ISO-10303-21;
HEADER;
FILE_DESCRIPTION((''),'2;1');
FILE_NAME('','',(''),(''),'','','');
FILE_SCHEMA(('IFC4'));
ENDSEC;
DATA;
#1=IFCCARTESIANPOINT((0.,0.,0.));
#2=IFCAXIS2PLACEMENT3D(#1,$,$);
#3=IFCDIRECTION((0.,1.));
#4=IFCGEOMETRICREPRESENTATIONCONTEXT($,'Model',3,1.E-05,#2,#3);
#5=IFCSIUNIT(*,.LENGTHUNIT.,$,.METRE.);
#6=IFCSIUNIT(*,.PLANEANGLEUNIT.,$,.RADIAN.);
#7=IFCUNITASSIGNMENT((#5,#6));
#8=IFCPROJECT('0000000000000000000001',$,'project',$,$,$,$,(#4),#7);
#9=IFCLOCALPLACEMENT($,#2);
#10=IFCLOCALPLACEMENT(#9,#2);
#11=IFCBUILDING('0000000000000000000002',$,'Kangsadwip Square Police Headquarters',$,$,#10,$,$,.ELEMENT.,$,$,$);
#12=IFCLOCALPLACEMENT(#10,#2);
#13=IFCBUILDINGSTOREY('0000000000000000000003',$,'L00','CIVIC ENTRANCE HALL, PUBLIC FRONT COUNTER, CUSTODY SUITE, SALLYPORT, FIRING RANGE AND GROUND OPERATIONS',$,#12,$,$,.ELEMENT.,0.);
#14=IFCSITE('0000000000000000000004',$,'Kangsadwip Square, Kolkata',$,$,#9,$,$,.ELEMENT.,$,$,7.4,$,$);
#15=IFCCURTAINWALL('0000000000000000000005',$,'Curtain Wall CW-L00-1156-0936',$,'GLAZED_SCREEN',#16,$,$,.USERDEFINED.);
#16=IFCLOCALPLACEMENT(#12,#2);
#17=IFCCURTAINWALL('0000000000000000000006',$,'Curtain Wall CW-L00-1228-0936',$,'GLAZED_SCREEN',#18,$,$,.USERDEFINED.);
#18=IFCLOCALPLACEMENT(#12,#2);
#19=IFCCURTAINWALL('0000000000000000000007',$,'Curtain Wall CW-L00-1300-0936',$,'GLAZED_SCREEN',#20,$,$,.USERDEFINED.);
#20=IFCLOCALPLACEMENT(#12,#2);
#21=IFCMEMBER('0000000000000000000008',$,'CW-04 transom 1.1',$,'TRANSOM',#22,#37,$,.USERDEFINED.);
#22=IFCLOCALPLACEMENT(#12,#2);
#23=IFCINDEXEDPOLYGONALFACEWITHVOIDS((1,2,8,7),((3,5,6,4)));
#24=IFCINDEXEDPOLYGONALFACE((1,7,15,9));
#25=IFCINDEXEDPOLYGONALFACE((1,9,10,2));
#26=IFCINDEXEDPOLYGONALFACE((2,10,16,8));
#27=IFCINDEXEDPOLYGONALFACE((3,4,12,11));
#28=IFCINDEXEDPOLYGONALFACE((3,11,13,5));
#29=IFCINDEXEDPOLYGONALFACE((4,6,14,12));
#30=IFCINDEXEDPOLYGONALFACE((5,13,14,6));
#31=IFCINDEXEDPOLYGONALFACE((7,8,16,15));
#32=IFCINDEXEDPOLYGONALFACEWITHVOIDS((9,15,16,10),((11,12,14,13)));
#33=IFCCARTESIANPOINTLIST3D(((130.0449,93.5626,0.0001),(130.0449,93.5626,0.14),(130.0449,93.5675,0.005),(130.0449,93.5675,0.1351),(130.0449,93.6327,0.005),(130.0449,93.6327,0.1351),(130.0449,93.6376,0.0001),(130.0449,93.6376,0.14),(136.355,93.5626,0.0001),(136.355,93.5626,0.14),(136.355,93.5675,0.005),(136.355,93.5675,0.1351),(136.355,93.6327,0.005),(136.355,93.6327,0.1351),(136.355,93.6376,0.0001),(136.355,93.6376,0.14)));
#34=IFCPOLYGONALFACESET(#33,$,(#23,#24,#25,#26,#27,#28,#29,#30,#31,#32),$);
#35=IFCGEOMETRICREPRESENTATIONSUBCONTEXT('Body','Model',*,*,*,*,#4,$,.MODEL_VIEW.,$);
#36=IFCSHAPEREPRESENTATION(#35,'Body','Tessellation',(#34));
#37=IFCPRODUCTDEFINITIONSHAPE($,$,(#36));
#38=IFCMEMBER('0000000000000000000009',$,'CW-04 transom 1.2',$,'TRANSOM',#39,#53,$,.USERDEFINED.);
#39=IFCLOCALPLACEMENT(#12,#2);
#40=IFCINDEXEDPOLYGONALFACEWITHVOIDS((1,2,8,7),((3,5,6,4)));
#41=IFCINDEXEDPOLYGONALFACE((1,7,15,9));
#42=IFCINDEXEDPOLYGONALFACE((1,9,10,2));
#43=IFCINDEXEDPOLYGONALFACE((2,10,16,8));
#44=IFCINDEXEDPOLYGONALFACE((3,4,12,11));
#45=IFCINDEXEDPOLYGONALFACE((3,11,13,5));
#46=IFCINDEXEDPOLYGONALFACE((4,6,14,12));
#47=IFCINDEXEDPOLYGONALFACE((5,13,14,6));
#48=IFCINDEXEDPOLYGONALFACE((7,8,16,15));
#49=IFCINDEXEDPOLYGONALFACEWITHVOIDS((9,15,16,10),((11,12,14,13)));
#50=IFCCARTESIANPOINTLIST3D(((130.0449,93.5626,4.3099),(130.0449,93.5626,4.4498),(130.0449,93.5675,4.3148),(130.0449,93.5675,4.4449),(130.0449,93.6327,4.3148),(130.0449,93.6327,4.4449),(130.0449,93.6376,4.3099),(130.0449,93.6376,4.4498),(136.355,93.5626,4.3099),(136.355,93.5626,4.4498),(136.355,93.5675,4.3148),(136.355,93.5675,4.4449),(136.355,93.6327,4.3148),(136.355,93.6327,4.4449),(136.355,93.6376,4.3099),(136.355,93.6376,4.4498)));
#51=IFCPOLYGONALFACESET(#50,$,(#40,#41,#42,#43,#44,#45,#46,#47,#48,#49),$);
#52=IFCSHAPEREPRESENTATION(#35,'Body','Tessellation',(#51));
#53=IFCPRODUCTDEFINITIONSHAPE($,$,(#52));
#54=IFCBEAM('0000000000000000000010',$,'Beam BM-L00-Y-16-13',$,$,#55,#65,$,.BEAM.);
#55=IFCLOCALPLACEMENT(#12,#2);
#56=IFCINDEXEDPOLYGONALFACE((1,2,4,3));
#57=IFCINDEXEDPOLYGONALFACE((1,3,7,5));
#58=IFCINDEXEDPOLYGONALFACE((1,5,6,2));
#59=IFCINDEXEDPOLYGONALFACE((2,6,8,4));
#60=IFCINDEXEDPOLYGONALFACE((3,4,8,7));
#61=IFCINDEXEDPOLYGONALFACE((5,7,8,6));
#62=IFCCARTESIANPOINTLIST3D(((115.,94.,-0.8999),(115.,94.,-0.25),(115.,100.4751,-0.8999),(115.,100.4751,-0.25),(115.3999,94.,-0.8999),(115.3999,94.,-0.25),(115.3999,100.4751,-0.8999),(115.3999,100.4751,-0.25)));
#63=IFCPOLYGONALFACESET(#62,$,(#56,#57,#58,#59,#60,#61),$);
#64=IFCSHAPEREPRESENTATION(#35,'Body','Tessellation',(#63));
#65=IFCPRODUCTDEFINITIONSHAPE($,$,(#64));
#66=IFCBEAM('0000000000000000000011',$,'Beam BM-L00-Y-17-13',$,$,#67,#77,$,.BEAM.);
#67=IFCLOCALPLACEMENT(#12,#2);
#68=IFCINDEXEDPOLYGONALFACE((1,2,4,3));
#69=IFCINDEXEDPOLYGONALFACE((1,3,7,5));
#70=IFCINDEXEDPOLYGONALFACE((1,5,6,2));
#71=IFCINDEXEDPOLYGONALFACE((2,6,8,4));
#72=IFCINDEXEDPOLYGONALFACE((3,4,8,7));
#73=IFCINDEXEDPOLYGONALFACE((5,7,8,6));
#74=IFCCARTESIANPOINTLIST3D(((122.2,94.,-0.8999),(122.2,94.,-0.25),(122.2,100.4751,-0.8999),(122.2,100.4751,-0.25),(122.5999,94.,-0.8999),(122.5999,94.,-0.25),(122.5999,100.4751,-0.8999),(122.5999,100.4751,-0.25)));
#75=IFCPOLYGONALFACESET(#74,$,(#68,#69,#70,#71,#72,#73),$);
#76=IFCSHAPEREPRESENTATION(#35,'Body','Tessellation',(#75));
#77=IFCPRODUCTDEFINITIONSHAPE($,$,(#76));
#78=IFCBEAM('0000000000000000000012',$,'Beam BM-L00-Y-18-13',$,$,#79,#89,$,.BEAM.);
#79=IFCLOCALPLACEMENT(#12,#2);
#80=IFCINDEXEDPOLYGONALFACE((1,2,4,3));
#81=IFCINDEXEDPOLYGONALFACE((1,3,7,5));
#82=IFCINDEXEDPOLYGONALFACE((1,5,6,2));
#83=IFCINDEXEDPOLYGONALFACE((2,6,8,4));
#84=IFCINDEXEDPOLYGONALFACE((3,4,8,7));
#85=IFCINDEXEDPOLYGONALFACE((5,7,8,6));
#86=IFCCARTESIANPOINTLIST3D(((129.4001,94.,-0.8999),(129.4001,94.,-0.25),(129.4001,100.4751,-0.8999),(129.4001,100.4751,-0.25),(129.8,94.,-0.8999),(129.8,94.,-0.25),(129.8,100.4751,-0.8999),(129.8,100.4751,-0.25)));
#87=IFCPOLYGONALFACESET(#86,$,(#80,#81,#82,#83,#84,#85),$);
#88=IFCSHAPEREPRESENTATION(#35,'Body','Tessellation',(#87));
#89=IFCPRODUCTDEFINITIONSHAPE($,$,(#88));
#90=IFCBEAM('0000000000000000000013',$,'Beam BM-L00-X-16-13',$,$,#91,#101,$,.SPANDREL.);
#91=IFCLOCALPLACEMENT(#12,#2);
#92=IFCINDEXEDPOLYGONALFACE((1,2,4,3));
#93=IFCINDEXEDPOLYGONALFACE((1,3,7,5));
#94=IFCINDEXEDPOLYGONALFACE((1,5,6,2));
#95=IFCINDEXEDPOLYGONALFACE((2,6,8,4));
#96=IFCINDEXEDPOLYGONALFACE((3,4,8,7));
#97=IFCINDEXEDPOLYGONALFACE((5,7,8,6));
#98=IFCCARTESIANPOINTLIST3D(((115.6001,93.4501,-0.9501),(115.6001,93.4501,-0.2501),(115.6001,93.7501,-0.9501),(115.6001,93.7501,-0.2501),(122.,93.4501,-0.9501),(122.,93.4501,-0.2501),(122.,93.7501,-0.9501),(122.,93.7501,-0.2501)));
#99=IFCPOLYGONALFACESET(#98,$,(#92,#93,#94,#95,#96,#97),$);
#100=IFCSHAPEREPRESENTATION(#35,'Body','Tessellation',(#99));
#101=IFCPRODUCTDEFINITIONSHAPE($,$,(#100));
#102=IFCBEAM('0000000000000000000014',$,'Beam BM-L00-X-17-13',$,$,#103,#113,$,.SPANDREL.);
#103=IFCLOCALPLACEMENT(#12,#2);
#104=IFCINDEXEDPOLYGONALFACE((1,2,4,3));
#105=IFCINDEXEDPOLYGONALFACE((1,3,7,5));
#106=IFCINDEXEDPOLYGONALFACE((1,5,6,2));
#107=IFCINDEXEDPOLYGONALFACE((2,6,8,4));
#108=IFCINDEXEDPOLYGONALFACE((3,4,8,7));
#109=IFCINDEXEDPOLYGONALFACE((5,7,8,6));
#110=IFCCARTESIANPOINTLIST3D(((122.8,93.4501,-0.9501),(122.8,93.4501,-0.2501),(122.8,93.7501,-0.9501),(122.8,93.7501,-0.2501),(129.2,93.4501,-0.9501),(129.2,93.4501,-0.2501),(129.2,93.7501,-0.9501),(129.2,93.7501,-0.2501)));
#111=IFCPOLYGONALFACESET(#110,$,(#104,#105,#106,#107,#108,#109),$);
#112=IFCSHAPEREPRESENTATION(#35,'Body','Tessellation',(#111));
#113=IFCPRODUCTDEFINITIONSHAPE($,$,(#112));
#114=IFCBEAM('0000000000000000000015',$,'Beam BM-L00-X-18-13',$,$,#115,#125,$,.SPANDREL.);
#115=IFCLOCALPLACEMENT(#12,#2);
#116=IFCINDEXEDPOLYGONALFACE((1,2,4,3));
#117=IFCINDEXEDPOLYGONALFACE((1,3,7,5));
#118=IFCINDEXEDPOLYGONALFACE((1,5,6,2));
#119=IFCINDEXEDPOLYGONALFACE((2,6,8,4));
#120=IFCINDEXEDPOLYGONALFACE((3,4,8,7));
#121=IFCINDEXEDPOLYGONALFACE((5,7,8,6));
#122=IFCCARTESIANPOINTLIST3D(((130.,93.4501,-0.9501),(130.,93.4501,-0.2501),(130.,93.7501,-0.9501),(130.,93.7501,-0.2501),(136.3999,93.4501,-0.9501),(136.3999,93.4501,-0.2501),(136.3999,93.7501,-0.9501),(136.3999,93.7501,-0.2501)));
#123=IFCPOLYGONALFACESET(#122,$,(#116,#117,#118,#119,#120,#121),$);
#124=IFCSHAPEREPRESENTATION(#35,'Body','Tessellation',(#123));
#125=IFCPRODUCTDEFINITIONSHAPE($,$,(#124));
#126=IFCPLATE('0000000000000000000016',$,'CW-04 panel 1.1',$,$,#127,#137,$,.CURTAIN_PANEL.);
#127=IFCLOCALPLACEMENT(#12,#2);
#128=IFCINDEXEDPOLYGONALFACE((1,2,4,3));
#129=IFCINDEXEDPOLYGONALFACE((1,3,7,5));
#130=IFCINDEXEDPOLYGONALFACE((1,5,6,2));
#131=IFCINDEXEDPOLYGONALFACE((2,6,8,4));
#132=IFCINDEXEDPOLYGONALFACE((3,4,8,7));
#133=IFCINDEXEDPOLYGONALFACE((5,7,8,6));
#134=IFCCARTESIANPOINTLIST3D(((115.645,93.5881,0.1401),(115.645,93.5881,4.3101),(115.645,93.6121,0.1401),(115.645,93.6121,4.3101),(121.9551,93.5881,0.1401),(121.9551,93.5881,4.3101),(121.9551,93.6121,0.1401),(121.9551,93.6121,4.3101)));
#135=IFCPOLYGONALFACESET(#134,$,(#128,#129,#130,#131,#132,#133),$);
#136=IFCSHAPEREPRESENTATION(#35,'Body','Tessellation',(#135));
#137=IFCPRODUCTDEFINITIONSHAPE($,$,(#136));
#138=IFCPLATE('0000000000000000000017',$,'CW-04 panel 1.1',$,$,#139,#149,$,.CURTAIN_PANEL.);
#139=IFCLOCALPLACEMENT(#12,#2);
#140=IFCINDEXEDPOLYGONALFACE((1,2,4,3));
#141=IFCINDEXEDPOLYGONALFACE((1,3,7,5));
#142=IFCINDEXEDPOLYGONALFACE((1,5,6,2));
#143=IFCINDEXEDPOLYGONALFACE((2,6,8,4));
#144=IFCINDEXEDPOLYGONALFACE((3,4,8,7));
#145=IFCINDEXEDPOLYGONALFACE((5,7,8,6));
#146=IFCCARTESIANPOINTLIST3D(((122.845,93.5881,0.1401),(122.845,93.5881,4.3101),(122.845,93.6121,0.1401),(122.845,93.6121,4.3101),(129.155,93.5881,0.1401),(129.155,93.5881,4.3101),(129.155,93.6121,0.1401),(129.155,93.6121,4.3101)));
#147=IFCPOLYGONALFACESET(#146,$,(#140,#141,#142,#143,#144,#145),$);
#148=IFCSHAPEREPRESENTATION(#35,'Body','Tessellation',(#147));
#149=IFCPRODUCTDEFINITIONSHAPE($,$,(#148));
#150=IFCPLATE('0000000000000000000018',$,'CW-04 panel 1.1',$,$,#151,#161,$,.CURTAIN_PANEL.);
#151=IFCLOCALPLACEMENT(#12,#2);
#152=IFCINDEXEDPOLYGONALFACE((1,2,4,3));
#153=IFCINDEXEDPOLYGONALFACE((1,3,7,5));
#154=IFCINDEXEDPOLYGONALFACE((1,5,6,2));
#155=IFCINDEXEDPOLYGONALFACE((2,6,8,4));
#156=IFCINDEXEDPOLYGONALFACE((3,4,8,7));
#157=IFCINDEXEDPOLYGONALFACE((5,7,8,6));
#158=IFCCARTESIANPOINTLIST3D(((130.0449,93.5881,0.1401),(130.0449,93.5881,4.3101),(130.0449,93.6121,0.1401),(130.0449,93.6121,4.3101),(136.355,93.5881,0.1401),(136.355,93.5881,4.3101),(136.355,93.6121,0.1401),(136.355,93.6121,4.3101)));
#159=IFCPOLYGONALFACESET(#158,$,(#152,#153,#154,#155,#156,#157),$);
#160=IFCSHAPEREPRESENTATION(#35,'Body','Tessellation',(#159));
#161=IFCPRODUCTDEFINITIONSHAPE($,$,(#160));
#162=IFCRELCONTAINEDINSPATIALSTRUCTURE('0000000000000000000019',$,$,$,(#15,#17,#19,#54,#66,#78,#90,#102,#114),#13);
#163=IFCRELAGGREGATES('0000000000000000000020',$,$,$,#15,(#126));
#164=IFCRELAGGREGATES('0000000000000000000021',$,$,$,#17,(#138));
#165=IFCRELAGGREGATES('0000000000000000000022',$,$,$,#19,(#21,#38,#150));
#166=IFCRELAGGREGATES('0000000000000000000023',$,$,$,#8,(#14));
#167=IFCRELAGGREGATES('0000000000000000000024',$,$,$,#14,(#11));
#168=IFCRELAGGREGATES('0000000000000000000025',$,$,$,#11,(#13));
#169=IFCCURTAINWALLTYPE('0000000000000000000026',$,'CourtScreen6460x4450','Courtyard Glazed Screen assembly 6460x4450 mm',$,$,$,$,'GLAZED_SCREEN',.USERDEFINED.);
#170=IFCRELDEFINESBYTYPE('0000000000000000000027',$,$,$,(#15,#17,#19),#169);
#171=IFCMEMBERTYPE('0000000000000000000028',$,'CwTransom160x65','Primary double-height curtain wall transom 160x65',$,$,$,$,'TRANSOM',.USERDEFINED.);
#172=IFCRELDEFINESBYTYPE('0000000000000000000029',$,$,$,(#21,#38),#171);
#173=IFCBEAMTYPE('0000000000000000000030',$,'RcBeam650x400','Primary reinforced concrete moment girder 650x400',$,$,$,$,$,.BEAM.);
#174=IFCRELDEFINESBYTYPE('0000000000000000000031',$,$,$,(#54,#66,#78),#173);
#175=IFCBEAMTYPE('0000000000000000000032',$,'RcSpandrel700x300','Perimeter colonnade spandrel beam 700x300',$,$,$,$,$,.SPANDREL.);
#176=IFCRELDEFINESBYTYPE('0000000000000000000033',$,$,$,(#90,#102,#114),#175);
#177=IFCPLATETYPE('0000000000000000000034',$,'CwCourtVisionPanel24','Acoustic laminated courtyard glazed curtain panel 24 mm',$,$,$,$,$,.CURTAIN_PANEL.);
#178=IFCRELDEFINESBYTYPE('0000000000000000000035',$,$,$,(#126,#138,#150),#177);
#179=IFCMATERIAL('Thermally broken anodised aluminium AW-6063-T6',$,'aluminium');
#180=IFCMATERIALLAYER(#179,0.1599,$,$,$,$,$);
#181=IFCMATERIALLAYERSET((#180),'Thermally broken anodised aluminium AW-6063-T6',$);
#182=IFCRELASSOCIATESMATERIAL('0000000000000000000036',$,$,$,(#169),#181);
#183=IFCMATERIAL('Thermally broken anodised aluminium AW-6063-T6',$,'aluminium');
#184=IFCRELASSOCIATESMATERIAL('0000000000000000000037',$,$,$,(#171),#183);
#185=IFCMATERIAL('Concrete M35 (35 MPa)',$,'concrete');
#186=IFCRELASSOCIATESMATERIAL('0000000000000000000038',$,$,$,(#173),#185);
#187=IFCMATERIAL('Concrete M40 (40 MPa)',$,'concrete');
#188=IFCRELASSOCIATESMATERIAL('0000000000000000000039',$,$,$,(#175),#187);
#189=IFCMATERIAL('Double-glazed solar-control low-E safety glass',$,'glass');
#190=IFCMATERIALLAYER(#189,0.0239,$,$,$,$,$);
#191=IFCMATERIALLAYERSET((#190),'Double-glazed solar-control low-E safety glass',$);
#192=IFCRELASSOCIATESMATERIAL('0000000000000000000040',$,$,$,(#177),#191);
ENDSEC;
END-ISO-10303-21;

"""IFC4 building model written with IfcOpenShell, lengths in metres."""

from ifc_helpers import new_model, si_unit, direction, frame, origin, origin_2d, place, context, subcontext, project, spatial, rectangle, hollow_rectangle, extrude, material, layer, layer_set, material_profile, profile_set, type_object, element, aggregate, save


model = new_model("IFC4")

# Units and contexts
model_context = context("Model", 3, precision=1e-05, world=origin(), true_north=direction((0.0, 1.0)))
body_context = subcontext(model_context, "Body", "Model", "MODEL_VIEW")
ifc_project = project(units=[si_unit("LENGTHUNIT", "METRE"), si_unit("PLANEANGLEUNIT", "RADIAN")], contexts=[model_context])

# Site, building, storey
site_placement = place(None, origin())
site = spatial("IfcSite", under=ifc_project, at=site_placement, Name="Kangsadwip Square, Kolkata", CompositionType="ELEMENT", RefElevation=7.4)
building_placement = place(site_placement, origin())
building = spatial("IfcBuilding", under=site, at=building_placement, Name="Kangsadwip Square Police Headquarters", CompositionType="ELEMENT")
storey_placement = place(building_placement, origin())
storey = spatial("IfcBuildingStorey", under=building, at=storey_placement, Name="L00", Description="CIVIC ENTRANCE HALL, PUBLIC FRONT COUNTER, CUSTODY SUITE, SALLYPORT, FIRING RANGE AND GROUND OPERATIONS", CompositionType="ELEMENT", Elevation=0.0)

# Curtain walls
ifc_material_1 = material(Name="Thermally broken anodised aluminium AW-6063-T6", Category="aluminium")
ifc_layer_1 = layer(ifc_material_1, 0.1599)
ifc_layer_set_1 = layer_set([ifc_layer_1], Name="Thermally broken anodised aluminium AW-6063-T6")
curtain_wall_type = type_object("IfcCurtainWallType", Name="CourtScreen6460x4450", Description="Courtyard Glazed Screen assembly 6460x4450 mm", ElementType="GLAZED_SCREEN", PredefinedType="USERDEFINED", material=ifc_layer_set_1)
curtain_wall_1_placement = place(storey_placement, origin())
curtain_wall_1 = element("IfcCurtainWall", 1, at=curtain_wall_1_placement, inside=storey, type_object=curtain_wall_type, Name="Curtain Wall CW-L00-1156-0936", ObjectType="GLAZED_SCREEN", PredefinedType="USERDEFINED")
curtain_wall_2_placement = place(storey_placement, origin())
curtain_wall_2 = element("IfcCurtainWall", 2, at=curtain_wall_2_placement, inside=storey, type_object=curtain_wall_type, Name="Curtain Wall CW-L00-1228-0936", ObjectType="GLAZED_SCREEN", PredefinedType="USERDEFINED")

# Curtain wall
curtain_wall_3_placement = place(storey_placement, origin())
curtain_wall_3 = element("IfcCurtainWall", 3, at=curtain_wall_3_placement, inside=storey, type_object=curtain_wall_type, Name="Curtain Wall CW-L00-1300-0936", ObjectType="GLAZED_SCREEN", PredefinedType="USERDEFINED")

# Members
ifc_material_2 = material(Name="Thermally broken anodised aluminium AW-6063-T6", Category="aluminium")
ifc_material_profile_1 = material_profile(ifc_material_2, hollow_rectangle(XDim=0.075, YDim=0.1399, WallThickness=0.0049, at=origin_2d()), Name="CWT 140X75X5")
ifc_profile_set_1 = profile_set([ifc_material_profile_1], Name="Thermally broken anodised aluminium AW-6063-T6")
member_type_1 = type_object("IfcMemberType", Name="CwTransom160x65", Description="Primary double-height curtain wall transom 160x65", ElementType="TRANSOM", PredefinedType="USERDEFINED", material=ifc_profile_set_1)
member_1_placement = place(storey_placement, frame((130.0449, 93.6001, 0.0701), z_axis=(1.0, 0.0, 0.0), x_axis=(0.0, 1.0, 0.0)))
member_1 = element("IfcMember", 4, at=member_1_placement, type_object=member_type_1, Name="CW-04 transom 1.1", ObjectType="TRANSOM", PredefinedType="USERDEFINED", context=body_context, shape_type="SweptSolid", body=[
    extrude(hollow_rectangle(XDim=0.075, YDim=0.1399, WallThickness=0.0049, at=origin_2d()), origin(), (0.0, 0.0, 1.0), 6.3101),
])
member_2_placement = place(storey_placement, frame((130.0449, 93.6001, 4.3799), z_axis=(1.0, 0.0, 0.0), x_axis=(0.0, 1.0, 0.0)))
member_2 = element("IfcMember", 5, at=member_2_placement, type_object=member_type_1, Name="CW-04 transom 1.2", ObjectType="TRANSOM", PredefinedType="USERDEFINED", context=body_context, shape_type="SweptSolid", body=[
    extrude(hollow_rectangle(XDim=0.075, YDim=0.1399, WallThickness=0.0049, at=origin_2d()), origin(), (0.0, 0.0, 1.0), 6.3101),
])

# Beams
ifc_material_3 = material(Name="Concrete M35 (35 MPa)", Category="concrete")
ifc_material_profile_2 = material_profile(ifc_material_3, rectangle(XDim=0.3999, YDim=0.6499, at=origin_2d()), Name="RC BM 650X400")
ifc_profile_set_2 = profile_set([ifc_material_profile_2], Name="Concrete M35 (35 MPa)")
beam_type_1 = type_object("IfcBeamType", Name="RcBeam650x400", Description="Primary reinforced concrete moment girder 650x400", PredefinedType="BEAM", material=ifc_profile_set_2)
for number, where, z_axis, x_axis, name in (
    (6, (115.2, 94.0, -0.575), (0.0, 1.0, 0.0), (-1.0, 0.0, 0.0), "Beam BM-L00-Y-16-13"),
    (7, (122.3999, 94.0, -0.575), (0.0, 1.0, 0.0), (-1.0, 0.0, 0.0), "Beam BM-L00-Y-17-13"),
    (8, (129.6001, 94.0, -0.575), (0.0, 1.0, 0.0), (-1.0, 0.0, 0.0), "Beam BM-L00-Y-18-13"),
):
    element("IfcBeam", number, at=place(storey_placement, frame(where, z_axis=z_axis, x_axis=x_axis)), inside=storey, type_object=beam_type_1, Name=name, PredefinedType="BEAM", context=body_context, shape_type="SweptSolid", body=[
        extrude(rectangle(XDim=0.3999, YDim=0.6499, at=origin_2d()), origin(), (0.0, 0.0, 1.0), 6.4751),
    ])
ifc_material_4 = material(Name="Concrete M40 (40 MPa)", Category="concrete")
ifc_material_profile_3 = material_profile(ifc_material_4, rectangle(XDim=0.3, YDim=0.7, at=origin_2d()), Name="RC SPN 700X300")
ifc_profile_set_3 = profile_set([ifc_material_profile_3], Name="Concrete M40 (40 MPa)")
beam_type_2 = type_object("IfcBeamType", Name="RcSpandrel700x300", Description="Perimeter colonnade spandrel beam 700x300", PredefinedType="SPANDREL", material=ifc_profile_set_3)
for number, where, z_axis, x_axis, name in (
    (9, (115.6001, 93.6001, -0.6001), (1.0, 0.0, 0.0), (0.0, 1.0, 0.0), "Beam BM-L00-X-16-13"),
    (10, (122.8, 93.6001, -0.6001), (1.0, 0.0, 0.0), (0.0, 1.0, 0.0), "Beam BM-L00-X-17-13"),
    (11, (130.0, 93.6001, -0.6001), (1.0, 0.0, 0.0), (0.0, 1.0, 0.0), "Beam BM-L00-X-18-13"),
):
    element("IfcBeam", number, at=place(storey_placement, frame(where, z_axis=z_axis, x_axis=x_axis)), inside=storey, type_object=beam_type_2, Name=name, PredefinedType="SPANDREL", context=body_context, shape_type="SweptSolid", body=[
        extrude(rectangle(XDim=0.3, YDim=0.7, at=origin_2d()), origin(), (0.0, 0.0, 1.0), 6.3999),
    ])

# Plates
ifc_material_5 = material(Name="Double-glazed solar-control low-E safety glass", Category="glass")
ifc_layer_2 = layer(ifc_material_5, 0.0239)
ifc_layer_set_2 = layer_set([ifc_layer_2], Name="Double-glazed solar-control low-E safety glass")
plate_type = type_object("IfcPlateType", Name="CwCourtVisionPanel24", Description="Acoustic laminated courtyard glazed curtain panel 24 mm", PredefinedType="CURTAIN_PANEL", material=ifc_layer_set_2)
plate_1_placement = place(storey_placement, frame((118.8, 93.6001, 0.1401), z_axis=(0.0, 0.0, 1.0), x_axis=(1.0, 0.0, 0.0)))
plate_1 = element("IfcPlate", 12, at=plate_1_placement, type_object=plate_type, Name="CW-04 panel 1.1", PredefinedType="CURTAIN_PANEL", context=body_context, shape_type="SweptSolid", body=[
    extrude(rectangle(XDim=6.3101, YDim=0.0239, at=origin_2d()), origin(), (0.0, 0.0, 1.0), 4.1699),
])
aggregate(curtain_wall_1, [plate_1])
plate_2_placement = place(storey_placement, frame((126.0, 93.6001, 0.1401), z_axis=(0.0, 0.0, 1.0), x_axis=(1.0, 0.0, 0.0)))
plate_2 = element("IfcPlate", 13, at=plate_2_placement, type_object=plate_type, Name="CW-04 panel 1.1", PredefinedType="CURTAIN_PANEL", context=body_context, shape_type="SweptSolid", body=[
    extrude(rectangle(XDim=6.3101, YDim=0.0239, at=origin_2d()), origin(), (0.0, 0.0, 1.0), 4.1699),
])
aggregate(curtain_wall_2, [plate_2])
plate_3_placement = place(storey_placement, frame((133.2, 93.6001, 0.1401), z_axis=(0.0, 0.0, 1.0), x_axis=(1.0, 0.0, 0.0)))
plate_3 = element("IfcPlate", 14, at=plate_3_placement, type_object=plate_type, Name="CW-04 panel 1.1", PredefinedType="CURTAIN_PANEL", context=body_context, shape_type="SweptSolid", body=[
    extrude(rectangle(XDim=6.3101, YDim=0.0239, at=origin_2d()), origin(), (0.0, 0.0, 1.0), 4.1699),
])
aggregate(curtain_wall_3, [member_1, member_2, plate_3])

save(model, "model.ifc")
